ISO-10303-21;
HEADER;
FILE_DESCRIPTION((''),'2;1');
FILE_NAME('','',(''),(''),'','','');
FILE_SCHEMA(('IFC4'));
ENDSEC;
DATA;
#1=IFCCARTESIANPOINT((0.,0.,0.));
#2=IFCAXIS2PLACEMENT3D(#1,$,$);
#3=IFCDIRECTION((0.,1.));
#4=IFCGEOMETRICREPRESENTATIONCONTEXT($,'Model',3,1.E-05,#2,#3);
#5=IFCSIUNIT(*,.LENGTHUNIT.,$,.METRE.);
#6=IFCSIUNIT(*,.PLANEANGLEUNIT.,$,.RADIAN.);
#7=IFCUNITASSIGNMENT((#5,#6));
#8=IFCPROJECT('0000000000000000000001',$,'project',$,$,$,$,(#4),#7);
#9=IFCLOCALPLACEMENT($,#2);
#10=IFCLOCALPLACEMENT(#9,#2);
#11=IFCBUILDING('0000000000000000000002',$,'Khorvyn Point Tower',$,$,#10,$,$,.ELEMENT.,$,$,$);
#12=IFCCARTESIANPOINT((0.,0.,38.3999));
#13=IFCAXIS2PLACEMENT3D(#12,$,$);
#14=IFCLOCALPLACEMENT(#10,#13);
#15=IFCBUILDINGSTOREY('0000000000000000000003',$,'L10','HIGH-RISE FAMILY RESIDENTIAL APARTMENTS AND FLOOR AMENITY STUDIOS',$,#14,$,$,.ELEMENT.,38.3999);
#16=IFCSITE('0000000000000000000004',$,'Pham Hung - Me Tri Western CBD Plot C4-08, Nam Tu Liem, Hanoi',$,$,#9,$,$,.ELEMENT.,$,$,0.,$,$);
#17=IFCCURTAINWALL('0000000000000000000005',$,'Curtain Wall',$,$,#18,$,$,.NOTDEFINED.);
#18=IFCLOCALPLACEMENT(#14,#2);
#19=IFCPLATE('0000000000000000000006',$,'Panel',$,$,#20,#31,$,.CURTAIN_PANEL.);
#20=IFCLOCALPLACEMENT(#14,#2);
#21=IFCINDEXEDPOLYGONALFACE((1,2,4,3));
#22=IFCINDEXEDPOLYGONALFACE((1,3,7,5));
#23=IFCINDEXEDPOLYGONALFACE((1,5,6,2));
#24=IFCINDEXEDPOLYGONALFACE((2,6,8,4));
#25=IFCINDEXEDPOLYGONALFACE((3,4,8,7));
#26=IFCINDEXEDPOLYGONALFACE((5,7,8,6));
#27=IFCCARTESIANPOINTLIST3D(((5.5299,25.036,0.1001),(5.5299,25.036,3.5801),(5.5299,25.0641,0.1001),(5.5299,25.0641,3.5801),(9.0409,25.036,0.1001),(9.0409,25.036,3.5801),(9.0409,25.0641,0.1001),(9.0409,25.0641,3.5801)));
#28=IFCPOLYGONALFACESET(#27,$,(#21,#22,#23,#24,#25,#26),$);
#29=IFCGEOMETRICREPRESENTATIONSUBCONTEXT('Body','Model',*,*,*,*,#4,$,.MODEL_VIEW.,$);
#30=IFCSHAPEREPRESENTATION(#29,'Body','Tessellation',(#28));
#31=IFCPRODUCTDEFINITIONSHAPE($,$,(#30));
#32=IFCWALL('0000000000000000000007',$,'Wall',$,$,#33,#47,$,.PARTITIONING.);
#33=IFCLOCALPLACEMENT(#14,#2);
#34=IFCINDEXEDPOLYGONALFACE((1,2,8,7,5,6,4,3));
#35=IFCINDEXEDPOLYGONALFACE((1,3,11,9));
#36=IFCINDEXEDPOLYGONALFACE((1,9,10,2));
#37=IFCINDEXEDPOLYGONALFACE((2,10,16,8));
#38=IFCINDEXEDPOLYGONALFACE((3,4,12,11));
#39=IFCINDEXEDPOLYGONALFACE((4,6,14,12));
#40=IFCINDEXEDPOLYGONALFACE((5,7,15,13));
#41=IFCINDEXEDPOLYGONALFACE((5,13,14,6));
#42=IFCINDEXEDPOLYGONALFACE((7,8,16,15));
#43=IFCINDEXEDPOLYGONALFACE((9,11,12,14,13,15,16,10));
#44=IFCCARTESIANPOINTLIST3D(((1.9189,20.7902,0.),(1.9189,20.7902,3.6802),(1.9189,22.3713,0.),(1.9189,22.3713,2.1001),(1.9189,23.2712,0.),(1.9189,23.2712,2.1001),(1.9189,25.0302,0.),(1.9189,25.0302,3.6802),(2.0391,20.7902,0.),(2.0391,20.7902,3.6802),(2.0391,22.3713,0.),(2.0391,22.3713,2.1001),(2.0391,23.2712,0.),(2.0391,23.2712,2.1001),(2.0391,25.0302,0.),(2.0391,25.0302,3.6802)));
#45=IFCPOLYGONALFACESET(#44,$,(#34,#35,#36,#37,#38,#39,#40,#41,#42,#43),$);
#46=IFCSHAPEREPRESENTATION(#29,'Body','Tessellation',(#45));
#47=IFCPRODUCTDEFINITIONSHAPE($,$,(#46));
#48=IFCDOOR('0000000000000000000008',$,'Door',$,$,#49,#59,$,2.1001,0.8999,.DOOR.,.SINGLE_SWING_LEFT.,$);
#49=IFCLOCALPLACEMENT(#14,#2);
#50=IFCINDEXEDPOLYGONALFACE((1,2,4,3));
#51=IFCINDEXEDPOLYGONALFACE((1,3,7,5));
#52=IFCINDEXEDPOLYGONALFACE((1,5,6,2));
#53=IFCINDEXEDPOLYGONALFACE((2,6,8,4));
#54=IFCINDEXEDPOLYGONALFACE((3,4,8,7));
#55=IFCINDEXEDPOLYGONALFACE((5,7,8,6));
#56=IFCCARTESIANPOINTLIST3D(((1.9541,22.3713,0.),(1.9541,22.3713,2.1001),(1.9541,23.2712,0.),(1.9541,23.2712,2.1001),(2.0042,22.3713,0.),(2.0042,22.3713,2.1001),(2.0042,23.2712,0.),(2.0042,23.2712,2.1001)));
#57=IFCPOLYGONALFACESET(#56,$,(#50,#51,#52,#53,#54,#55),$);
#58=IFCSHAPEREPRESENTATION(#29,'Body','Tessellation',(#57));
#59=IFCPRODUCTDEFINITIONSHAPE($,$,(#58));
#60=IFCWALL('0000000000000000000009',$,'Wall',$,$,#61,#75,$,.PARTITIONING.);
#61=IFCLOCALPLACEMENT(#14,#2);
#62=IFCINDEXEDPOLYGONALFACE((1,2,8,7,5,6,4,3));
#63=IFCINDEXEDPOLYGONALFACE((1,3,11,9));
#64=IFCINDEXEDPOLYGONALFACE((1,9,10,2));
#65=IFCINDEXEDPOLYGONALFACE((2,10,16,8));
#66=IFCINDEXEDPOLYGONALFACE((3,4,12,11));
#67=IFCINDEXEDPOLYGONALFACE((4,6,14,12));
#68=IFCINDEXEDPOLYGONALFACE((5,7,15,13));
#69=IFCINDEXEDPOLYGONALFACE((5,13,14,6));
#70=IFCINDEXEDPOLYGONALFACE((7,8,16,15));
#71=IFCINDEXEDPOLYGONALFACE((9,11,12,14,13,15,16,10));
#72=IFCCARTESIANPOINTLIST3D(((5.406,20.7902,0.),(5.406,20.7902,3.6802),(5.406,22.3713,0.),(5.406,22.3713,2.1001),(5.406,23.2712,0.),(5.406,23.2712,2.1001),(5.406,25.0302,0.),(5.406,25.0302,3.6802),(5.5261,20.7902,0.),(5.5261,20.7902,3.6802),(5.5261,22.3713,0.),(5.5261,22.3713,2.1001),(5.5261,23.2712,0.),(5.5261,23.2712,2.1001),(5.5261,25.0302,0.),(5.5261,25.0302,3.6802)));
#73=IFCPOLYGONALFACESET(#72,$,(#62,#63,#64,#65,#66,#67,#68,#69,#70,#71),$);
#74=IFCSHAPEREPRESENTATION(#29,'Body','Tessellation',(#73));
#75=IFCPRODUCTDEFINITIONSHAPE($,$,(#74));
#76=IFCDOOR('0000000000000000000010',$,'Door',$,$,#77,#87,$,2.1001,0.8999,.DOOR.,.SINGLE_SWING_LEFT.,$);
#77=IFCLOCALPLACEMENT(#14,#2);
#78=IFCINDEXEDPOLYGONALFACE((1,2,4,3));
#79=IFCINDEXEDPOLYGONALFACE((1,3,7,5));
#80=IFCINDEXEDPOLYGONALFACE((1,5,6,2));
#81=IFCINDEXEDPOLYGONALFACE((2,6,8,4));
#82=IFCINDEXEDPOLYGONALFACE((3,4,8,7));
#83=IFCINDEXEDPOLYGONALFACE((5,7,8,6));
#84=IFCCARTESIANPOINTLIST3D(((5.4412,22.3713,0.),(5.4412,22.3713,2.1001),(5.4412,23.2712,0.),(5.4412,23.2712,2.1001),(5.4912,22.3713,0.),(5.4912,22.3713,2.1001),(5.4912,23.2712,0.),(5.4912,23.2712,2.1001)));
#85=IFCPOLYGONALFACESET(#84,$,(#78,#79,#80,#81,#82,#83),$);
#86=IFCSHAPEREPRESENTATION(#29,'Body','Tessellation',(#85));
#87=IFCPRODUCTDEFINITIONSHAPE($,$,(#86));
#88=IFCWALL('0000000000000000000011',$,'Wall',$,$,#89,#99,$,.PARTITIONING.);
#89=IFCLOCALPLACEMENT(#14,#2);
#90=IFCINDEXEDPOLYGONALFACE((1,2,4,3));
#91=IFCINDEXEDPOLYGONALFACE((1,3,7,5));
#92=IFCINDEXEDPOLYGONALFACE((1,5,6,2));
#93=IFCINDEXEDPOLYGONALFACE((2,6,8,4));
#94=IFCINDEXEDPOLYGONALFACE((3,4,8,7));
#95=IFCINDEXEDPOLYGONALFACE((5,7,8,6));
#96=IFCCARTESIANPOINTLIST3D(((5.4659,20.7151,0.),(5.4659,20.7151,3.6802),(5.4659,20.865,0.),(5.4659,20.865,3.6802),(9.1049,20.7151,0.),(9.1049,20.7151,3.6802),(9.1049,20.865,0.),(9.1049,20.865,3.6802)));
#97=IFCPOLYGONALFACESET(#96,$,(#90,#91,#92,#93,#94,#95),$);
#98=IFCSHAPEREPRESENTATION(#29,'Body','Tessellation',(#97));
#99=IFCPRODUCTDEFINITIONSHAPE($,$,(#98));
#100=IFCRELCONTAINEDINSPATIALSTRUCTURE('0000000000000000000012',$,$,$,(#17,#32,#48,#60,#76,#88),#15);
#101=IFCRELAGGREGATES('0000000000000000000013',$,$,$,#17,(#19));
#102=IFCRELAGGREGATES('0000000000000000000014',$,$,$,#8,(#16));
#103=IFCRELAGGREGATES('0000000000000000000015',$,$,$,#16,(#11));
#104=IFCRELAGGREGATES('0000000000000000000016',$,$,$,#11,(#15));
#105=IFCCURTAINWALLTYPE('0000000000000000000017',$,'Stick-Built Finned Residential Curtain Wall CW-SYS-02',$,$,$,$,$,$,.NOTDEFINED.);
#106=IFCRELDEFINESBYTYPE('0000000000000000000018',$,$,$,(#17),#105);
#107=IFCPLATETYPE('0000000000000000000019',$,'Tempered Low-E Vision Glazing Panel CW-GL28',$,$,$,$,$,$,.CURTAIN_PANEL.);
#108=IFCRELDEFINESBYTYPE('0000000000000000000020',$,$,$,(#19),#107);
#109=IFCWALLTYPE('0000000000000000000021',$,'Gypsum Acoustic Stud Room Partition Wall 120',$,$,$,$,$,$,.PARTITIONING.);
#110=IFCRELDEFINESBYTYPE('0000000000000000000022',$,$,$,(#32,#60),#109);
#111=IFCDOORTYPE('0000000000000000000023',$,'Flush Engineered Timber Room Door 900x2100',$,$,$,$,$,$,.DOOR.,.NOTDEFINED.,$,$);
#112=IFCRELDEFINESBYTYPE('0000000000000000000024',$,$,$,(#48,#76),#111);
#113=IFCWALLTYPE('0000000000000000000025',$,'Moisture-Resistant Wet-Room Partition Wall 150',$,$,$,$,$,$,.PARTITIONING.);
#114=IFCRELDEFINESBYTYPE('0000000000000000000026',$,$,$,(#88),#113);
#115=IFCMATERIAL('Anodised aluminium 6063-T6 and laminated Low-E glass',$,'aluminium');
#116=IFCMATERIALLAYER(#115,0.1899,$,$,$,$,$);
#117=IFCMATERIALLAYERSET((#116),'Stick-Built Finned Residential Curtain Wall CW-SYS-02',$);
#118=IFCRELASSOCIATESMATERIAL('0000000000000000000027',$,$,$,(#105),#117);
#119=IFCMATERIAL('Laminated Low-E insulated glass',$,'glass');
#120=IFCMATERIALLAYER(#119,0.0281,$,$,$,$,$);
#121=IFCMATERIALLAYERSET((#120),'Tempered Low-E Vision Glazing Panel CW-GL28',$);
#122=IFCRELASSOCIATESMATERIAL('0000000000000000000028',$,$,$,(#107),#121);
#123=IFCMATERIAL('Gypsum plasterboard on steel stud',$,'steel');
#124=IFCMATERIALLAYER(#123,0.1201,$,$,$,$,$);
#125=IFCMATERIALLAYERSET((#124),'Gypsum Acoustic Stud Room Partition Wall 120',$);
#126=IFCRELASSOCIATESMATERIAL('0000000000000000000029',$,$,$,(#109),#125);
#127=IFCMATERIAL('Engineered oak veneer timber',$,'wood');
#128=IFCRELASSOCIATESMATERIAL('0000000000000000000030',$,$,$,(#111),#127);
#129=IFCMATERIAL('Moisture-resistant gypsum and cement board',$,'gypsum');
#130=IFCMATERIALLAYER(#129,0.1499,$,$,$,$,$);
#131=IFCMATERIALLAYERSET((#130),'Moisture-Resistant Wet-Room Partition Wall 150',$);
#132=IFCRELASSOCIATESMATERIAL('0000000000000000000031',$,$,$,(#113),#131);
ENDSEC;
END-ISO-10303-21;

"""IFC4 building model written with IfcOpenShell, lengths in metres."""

from ifc_helpers import new_model, si_unit, direction, frame, frame_2d, origin, origin_2d, place, context, subcontext, project, spatial, rectangle, extrude, material, layer, layer_set, type_object, element, fill, aggregate, save


model = new_model("IFC4")

# Units and contexts
model_context = context("Model", 3, precision=1e-05, world=origin(), true_north=direction((0.0, 1.0)))
body_context = subcontext(model_context, "Body", "Model", "MODEL_VIEW")
ifc_project = project(units=[si_unit("LENGTHUNIT", "METRE"), si_unit("PLANEANGLEUNIT", "RADIAN")], contexts=[model_context])

# Site, building, storey
site_placement = place(None, origin())
site = spatial("IfcSite", under=ifc_project, at=site_placement, Name="Pham Hung - Me Tri Western CBD Plot C4-08, Nam Tu Liem, Hanoi", CompositionType="ELEMENT", RefElevation=0.0)
building_placement = place(site_placement, origin())
building = spatial("IfcBuilding", under=site, at=building_placement, Name="Khorvyn Point Tower", CompositionType="ELEMENT")
storey_placement = place(building_placement, frame((0.0, 0.0, 38.3999)))
storey = spatial("IfcBuildingStorey", under=building, at=storey_placement, Name="L10", Description="HIGH-RISE FAMILY RESIDENTIAL APARTMENTS AND FLOOR AMENITY STUDIOS", CompositionType="ELEMENT", Elevation=38.3999)

# Curtain wall, plate
ifc_material_1 = material(Name="Anodised aluminium 6063-T6 and laminated Low-E glass", Category="aluminium")
ifc_layer_1 = layer(ifc_material_1, 0.1899)
ifc_layer_set_1 = layer_set([ifc_layer_1], Name="Stick-Built Finned Residential Curtain Wall CW-SYS-02")
curtain_wall_type = type_object("IfcCurtainWallType", Name="Stick-Built Finned Residential Curtain Wall CW-SYS-02", PredefinedType="NOTDEFINED", material=ifc_layer_set_1)
curtain_wall_placement = place(storey_placement, origin())
curtain_wall = element("IfcCurtainWall", 1, at=curtain_wall_placement, inside=storey, type_object=curtain_wall_type, Name="Curtain Wall", PredefinedType="NOTDEFINED")
ifc_material_2 = material(Name="Laminated Low-E insulated glass", Category="glass")
ifc_layer_2 = layer(ifc_material_2, 0.0281)
ifc_layer_set_2 = layer_set([ifc_layer_2], Name="Tempered Low-E Vision Glazing Panel CW-GL28")
plate_type = type_object("IfcPlateType", Name="Tempered Low-E Vision Glazing Panel CW-GL28", PredefinedType="CURTAIN_PANEL", material=ifc_layer_set_2)
plate_1_placement = place(storey_placement, frame((7.2854, 25.05, 0.1001), z_axis=(0.0, 0.0, 1.0), x_axis=(1.0, 0.0, 0.0)))
plate_1 = element("IfcPlate", 2, at=plate_1_placement, type_object=plate_type, Name="Panel", PredefinedType="CURTAIN_PANEL", context=body_context, shape_type="SweptSolid", body=[
    extrude(rectangle(XDim=3.511, YDim=0.0281, at=origin_2d()), origin(), (0.0, 0.0, 1.0), 3.48),
])
aggregate(curtain_wall, [plate_1])

# Walls, openings, doors
ifc_material_3 = material(Name="Gypsum plasterboard on steel stud", Category="steel")
ifc_layer_3 = layer(ifc_material_3, 0.1201)
ifc_layer_set_3 = layer_set([ifc_layer_3], Name="Gypsum Acoustic Stud Room Partition Wall 120")
wall_type_1 = type_object("IfcWallType", Name="Gypsum Acoustic Stud Room Partition Wall 120", PredefinedType="PARTITIONING", material=ifc_layer_set_3)
wall_1_placement = place(storey_placement, frame((1.979, 20.79, 0.0), z_axis=(0.0, 0.0, 1.0), x_axis=(0.0, 1.0, 0.0)))
wall_1 = element("IfcWall", 3, at=wall_1_placement, inside=storey, type_object=wall_type_1, Name="Wall", PredefinedType="PARTITIONING", context=body_context, shape_type="SweptSolid", body=[
    extrude(rectangle(XDim=4.24, YDim=0.1201, at=frame_2d((2.1201, 0.0))), origin(), (0.0, 0.0, 1.0), 3.6802),
])
opening_1_placement = place(wall_1_placement, frame((1.5813, 0.0, 0.0)))
opening_1 = element("IfcOpeningElement", 4, at=opening_1_placement, cuts=wall_1, PredefinedType="OPENING", context=body_context, shape_type="SweptSolid", body=[
    extrude(rectangle(XDim=0.8999, YDim=2.1001, at=frame_2d((0.45, 1.05))), frame((0.0, 0.0701, 0.0), z_axis=(0.0, -1.0, 0.0), x_axis=(1.0, 0.0, 0.0)), (0.0, 0.0, 1.0), 0.1401),
])
ifc_material_4 = material(Name="Engineered oak veneer timber", Category="wood")
door_type = type_object("IfcDoorType", Name="Flush Engineered Timber Room Door 900x2100", OperationType="NOTDEFINED", PredefinedType="DOOR", material=ifc_material_4)
door_1_placement = place(opening_1_placement, origin())
door_1 = element("IfcDoor", 5, at=door_1_placement, inside=storey, type_object=door_type, Name="Door", OperationType="SINGLE_SWING_LEFT", OverallHeight=2.1001, OverallWidth=0.8999, PredefinedType="DOOR", context=body_context, shape_type="SweptSolid", body=[
    extrude(rectangle(XDim=0.8999, YDim=2.1001, at=frame_2d((0.45, 1.05))), frame((0.0, 0.0249, 0.0), z_axis=(0.0, -1.0, 0.0), x_axis=(1.0, 0.0, 0.0)), (0.0, 0.0, 1.0), 0.05),
])
fill(opening_1, door_1)
wall_2_placement = place(storey_placement, frame((5.4661, 20.79, 0.0), z_axis=(0.0, 0.0, 1.0), x_axis=(0.0, 1.0, 0.0)))
wall_2 = element("IfcWall", 6, at=wall_2_placement, inside=storey, type_object=wall_type_1, Name="Wall", PredefinedType="PARTITIONING", context=body_context, shape_type="SweptSolid", body=[
    extrude(rectangle(XDim=4.24, YDim=0.1201, at=frame_2d((2.1201, 0.0))), origin(), (0.0, 0.0, 1.0), 3.6802),
])
opening_2_placement = place(wall_2_placement, frame((1.5813, 0.0, 0.0)))
opening_2 = element("IfcOpeningElement", 7, at=opening_2_placement, cuts=wall_2, PredefinedType="OPENING", context=body_context, shape_type="SweptSolid", body=[
    extrude(rectangle(XDim=0.8999, YDim=2.1001, at=frame_2d((0.45, 1.05))), frame((0.0, 0.0701, 0.0), z_axis=(0.0, -1.0, 0.0), x_axis=(1.0, 0.0, 0.0)), (0.0, 0.0, 1.0), 0.1401),
])
door_2_placement = place(opening_2_placement, origin())
door_2 = element("IfcDoor", 8, at=door_2_placement, inside=storey, type_object=door_type, Name="Door", OperationType="SINGLE_SWING_LEFT", OverallHeight=2.1001, OverallWidth=0.8999, PredefinedType="DOOR", context=body_context, shape_type="SweptSolid", body=[
    extrude(rectangle(XDim=0.8999, YDim=2.1001, at=frame_2d((0.45, 1.05))), frame((0.0, 0.0249, 0.0), z_axis=(0.0, -1.0, 0.0), x_axis=(1.0, 0.0, 0.0)), (0.0, 0.0, 1.0), 0.05),
])
fill(opening_2, door_2)

# Wall
ifc_material_5 = material(Name="Moisture-resistant gypsum and cement board", Category="gypsum")
ifc_layer_4 = layer(ifc_material_5, 0.1499)
ifc_layer_set_4 = layer_set([ifc_layer_4], Name="Moisture-Resistant Wet-Room Partition Wall 150")
wall_type_2 = type_object("IfcWallType", Name="Moisture-Resistant Wet-Room Partition Wall 150", PredefinedType="PARTITIONING", material=ifc_layer_set_4)
wall_3_placement = place(storey_placement, frame((5.4661, 20.79, 0.0), z_axis=(0.0, 0.0, 1.0), x_axis=(1.0, 0.0, 0.0)))
element("IfcWall", 9, at=wall_3_placement, inside=storey, type_object=wall_type_2, Name="Wall", PredefinedType="PARTITIONING", context=body_context, shape_type="SweptSolid", body=[
    extrude(rectangle(XDim=3.6389, YDim=0.1499, at=frame_2d((1.8193, 0.0))), origin(), (0.0, 0.0, 1.0), 3.6802),
])

save(model, "model.ifc")
